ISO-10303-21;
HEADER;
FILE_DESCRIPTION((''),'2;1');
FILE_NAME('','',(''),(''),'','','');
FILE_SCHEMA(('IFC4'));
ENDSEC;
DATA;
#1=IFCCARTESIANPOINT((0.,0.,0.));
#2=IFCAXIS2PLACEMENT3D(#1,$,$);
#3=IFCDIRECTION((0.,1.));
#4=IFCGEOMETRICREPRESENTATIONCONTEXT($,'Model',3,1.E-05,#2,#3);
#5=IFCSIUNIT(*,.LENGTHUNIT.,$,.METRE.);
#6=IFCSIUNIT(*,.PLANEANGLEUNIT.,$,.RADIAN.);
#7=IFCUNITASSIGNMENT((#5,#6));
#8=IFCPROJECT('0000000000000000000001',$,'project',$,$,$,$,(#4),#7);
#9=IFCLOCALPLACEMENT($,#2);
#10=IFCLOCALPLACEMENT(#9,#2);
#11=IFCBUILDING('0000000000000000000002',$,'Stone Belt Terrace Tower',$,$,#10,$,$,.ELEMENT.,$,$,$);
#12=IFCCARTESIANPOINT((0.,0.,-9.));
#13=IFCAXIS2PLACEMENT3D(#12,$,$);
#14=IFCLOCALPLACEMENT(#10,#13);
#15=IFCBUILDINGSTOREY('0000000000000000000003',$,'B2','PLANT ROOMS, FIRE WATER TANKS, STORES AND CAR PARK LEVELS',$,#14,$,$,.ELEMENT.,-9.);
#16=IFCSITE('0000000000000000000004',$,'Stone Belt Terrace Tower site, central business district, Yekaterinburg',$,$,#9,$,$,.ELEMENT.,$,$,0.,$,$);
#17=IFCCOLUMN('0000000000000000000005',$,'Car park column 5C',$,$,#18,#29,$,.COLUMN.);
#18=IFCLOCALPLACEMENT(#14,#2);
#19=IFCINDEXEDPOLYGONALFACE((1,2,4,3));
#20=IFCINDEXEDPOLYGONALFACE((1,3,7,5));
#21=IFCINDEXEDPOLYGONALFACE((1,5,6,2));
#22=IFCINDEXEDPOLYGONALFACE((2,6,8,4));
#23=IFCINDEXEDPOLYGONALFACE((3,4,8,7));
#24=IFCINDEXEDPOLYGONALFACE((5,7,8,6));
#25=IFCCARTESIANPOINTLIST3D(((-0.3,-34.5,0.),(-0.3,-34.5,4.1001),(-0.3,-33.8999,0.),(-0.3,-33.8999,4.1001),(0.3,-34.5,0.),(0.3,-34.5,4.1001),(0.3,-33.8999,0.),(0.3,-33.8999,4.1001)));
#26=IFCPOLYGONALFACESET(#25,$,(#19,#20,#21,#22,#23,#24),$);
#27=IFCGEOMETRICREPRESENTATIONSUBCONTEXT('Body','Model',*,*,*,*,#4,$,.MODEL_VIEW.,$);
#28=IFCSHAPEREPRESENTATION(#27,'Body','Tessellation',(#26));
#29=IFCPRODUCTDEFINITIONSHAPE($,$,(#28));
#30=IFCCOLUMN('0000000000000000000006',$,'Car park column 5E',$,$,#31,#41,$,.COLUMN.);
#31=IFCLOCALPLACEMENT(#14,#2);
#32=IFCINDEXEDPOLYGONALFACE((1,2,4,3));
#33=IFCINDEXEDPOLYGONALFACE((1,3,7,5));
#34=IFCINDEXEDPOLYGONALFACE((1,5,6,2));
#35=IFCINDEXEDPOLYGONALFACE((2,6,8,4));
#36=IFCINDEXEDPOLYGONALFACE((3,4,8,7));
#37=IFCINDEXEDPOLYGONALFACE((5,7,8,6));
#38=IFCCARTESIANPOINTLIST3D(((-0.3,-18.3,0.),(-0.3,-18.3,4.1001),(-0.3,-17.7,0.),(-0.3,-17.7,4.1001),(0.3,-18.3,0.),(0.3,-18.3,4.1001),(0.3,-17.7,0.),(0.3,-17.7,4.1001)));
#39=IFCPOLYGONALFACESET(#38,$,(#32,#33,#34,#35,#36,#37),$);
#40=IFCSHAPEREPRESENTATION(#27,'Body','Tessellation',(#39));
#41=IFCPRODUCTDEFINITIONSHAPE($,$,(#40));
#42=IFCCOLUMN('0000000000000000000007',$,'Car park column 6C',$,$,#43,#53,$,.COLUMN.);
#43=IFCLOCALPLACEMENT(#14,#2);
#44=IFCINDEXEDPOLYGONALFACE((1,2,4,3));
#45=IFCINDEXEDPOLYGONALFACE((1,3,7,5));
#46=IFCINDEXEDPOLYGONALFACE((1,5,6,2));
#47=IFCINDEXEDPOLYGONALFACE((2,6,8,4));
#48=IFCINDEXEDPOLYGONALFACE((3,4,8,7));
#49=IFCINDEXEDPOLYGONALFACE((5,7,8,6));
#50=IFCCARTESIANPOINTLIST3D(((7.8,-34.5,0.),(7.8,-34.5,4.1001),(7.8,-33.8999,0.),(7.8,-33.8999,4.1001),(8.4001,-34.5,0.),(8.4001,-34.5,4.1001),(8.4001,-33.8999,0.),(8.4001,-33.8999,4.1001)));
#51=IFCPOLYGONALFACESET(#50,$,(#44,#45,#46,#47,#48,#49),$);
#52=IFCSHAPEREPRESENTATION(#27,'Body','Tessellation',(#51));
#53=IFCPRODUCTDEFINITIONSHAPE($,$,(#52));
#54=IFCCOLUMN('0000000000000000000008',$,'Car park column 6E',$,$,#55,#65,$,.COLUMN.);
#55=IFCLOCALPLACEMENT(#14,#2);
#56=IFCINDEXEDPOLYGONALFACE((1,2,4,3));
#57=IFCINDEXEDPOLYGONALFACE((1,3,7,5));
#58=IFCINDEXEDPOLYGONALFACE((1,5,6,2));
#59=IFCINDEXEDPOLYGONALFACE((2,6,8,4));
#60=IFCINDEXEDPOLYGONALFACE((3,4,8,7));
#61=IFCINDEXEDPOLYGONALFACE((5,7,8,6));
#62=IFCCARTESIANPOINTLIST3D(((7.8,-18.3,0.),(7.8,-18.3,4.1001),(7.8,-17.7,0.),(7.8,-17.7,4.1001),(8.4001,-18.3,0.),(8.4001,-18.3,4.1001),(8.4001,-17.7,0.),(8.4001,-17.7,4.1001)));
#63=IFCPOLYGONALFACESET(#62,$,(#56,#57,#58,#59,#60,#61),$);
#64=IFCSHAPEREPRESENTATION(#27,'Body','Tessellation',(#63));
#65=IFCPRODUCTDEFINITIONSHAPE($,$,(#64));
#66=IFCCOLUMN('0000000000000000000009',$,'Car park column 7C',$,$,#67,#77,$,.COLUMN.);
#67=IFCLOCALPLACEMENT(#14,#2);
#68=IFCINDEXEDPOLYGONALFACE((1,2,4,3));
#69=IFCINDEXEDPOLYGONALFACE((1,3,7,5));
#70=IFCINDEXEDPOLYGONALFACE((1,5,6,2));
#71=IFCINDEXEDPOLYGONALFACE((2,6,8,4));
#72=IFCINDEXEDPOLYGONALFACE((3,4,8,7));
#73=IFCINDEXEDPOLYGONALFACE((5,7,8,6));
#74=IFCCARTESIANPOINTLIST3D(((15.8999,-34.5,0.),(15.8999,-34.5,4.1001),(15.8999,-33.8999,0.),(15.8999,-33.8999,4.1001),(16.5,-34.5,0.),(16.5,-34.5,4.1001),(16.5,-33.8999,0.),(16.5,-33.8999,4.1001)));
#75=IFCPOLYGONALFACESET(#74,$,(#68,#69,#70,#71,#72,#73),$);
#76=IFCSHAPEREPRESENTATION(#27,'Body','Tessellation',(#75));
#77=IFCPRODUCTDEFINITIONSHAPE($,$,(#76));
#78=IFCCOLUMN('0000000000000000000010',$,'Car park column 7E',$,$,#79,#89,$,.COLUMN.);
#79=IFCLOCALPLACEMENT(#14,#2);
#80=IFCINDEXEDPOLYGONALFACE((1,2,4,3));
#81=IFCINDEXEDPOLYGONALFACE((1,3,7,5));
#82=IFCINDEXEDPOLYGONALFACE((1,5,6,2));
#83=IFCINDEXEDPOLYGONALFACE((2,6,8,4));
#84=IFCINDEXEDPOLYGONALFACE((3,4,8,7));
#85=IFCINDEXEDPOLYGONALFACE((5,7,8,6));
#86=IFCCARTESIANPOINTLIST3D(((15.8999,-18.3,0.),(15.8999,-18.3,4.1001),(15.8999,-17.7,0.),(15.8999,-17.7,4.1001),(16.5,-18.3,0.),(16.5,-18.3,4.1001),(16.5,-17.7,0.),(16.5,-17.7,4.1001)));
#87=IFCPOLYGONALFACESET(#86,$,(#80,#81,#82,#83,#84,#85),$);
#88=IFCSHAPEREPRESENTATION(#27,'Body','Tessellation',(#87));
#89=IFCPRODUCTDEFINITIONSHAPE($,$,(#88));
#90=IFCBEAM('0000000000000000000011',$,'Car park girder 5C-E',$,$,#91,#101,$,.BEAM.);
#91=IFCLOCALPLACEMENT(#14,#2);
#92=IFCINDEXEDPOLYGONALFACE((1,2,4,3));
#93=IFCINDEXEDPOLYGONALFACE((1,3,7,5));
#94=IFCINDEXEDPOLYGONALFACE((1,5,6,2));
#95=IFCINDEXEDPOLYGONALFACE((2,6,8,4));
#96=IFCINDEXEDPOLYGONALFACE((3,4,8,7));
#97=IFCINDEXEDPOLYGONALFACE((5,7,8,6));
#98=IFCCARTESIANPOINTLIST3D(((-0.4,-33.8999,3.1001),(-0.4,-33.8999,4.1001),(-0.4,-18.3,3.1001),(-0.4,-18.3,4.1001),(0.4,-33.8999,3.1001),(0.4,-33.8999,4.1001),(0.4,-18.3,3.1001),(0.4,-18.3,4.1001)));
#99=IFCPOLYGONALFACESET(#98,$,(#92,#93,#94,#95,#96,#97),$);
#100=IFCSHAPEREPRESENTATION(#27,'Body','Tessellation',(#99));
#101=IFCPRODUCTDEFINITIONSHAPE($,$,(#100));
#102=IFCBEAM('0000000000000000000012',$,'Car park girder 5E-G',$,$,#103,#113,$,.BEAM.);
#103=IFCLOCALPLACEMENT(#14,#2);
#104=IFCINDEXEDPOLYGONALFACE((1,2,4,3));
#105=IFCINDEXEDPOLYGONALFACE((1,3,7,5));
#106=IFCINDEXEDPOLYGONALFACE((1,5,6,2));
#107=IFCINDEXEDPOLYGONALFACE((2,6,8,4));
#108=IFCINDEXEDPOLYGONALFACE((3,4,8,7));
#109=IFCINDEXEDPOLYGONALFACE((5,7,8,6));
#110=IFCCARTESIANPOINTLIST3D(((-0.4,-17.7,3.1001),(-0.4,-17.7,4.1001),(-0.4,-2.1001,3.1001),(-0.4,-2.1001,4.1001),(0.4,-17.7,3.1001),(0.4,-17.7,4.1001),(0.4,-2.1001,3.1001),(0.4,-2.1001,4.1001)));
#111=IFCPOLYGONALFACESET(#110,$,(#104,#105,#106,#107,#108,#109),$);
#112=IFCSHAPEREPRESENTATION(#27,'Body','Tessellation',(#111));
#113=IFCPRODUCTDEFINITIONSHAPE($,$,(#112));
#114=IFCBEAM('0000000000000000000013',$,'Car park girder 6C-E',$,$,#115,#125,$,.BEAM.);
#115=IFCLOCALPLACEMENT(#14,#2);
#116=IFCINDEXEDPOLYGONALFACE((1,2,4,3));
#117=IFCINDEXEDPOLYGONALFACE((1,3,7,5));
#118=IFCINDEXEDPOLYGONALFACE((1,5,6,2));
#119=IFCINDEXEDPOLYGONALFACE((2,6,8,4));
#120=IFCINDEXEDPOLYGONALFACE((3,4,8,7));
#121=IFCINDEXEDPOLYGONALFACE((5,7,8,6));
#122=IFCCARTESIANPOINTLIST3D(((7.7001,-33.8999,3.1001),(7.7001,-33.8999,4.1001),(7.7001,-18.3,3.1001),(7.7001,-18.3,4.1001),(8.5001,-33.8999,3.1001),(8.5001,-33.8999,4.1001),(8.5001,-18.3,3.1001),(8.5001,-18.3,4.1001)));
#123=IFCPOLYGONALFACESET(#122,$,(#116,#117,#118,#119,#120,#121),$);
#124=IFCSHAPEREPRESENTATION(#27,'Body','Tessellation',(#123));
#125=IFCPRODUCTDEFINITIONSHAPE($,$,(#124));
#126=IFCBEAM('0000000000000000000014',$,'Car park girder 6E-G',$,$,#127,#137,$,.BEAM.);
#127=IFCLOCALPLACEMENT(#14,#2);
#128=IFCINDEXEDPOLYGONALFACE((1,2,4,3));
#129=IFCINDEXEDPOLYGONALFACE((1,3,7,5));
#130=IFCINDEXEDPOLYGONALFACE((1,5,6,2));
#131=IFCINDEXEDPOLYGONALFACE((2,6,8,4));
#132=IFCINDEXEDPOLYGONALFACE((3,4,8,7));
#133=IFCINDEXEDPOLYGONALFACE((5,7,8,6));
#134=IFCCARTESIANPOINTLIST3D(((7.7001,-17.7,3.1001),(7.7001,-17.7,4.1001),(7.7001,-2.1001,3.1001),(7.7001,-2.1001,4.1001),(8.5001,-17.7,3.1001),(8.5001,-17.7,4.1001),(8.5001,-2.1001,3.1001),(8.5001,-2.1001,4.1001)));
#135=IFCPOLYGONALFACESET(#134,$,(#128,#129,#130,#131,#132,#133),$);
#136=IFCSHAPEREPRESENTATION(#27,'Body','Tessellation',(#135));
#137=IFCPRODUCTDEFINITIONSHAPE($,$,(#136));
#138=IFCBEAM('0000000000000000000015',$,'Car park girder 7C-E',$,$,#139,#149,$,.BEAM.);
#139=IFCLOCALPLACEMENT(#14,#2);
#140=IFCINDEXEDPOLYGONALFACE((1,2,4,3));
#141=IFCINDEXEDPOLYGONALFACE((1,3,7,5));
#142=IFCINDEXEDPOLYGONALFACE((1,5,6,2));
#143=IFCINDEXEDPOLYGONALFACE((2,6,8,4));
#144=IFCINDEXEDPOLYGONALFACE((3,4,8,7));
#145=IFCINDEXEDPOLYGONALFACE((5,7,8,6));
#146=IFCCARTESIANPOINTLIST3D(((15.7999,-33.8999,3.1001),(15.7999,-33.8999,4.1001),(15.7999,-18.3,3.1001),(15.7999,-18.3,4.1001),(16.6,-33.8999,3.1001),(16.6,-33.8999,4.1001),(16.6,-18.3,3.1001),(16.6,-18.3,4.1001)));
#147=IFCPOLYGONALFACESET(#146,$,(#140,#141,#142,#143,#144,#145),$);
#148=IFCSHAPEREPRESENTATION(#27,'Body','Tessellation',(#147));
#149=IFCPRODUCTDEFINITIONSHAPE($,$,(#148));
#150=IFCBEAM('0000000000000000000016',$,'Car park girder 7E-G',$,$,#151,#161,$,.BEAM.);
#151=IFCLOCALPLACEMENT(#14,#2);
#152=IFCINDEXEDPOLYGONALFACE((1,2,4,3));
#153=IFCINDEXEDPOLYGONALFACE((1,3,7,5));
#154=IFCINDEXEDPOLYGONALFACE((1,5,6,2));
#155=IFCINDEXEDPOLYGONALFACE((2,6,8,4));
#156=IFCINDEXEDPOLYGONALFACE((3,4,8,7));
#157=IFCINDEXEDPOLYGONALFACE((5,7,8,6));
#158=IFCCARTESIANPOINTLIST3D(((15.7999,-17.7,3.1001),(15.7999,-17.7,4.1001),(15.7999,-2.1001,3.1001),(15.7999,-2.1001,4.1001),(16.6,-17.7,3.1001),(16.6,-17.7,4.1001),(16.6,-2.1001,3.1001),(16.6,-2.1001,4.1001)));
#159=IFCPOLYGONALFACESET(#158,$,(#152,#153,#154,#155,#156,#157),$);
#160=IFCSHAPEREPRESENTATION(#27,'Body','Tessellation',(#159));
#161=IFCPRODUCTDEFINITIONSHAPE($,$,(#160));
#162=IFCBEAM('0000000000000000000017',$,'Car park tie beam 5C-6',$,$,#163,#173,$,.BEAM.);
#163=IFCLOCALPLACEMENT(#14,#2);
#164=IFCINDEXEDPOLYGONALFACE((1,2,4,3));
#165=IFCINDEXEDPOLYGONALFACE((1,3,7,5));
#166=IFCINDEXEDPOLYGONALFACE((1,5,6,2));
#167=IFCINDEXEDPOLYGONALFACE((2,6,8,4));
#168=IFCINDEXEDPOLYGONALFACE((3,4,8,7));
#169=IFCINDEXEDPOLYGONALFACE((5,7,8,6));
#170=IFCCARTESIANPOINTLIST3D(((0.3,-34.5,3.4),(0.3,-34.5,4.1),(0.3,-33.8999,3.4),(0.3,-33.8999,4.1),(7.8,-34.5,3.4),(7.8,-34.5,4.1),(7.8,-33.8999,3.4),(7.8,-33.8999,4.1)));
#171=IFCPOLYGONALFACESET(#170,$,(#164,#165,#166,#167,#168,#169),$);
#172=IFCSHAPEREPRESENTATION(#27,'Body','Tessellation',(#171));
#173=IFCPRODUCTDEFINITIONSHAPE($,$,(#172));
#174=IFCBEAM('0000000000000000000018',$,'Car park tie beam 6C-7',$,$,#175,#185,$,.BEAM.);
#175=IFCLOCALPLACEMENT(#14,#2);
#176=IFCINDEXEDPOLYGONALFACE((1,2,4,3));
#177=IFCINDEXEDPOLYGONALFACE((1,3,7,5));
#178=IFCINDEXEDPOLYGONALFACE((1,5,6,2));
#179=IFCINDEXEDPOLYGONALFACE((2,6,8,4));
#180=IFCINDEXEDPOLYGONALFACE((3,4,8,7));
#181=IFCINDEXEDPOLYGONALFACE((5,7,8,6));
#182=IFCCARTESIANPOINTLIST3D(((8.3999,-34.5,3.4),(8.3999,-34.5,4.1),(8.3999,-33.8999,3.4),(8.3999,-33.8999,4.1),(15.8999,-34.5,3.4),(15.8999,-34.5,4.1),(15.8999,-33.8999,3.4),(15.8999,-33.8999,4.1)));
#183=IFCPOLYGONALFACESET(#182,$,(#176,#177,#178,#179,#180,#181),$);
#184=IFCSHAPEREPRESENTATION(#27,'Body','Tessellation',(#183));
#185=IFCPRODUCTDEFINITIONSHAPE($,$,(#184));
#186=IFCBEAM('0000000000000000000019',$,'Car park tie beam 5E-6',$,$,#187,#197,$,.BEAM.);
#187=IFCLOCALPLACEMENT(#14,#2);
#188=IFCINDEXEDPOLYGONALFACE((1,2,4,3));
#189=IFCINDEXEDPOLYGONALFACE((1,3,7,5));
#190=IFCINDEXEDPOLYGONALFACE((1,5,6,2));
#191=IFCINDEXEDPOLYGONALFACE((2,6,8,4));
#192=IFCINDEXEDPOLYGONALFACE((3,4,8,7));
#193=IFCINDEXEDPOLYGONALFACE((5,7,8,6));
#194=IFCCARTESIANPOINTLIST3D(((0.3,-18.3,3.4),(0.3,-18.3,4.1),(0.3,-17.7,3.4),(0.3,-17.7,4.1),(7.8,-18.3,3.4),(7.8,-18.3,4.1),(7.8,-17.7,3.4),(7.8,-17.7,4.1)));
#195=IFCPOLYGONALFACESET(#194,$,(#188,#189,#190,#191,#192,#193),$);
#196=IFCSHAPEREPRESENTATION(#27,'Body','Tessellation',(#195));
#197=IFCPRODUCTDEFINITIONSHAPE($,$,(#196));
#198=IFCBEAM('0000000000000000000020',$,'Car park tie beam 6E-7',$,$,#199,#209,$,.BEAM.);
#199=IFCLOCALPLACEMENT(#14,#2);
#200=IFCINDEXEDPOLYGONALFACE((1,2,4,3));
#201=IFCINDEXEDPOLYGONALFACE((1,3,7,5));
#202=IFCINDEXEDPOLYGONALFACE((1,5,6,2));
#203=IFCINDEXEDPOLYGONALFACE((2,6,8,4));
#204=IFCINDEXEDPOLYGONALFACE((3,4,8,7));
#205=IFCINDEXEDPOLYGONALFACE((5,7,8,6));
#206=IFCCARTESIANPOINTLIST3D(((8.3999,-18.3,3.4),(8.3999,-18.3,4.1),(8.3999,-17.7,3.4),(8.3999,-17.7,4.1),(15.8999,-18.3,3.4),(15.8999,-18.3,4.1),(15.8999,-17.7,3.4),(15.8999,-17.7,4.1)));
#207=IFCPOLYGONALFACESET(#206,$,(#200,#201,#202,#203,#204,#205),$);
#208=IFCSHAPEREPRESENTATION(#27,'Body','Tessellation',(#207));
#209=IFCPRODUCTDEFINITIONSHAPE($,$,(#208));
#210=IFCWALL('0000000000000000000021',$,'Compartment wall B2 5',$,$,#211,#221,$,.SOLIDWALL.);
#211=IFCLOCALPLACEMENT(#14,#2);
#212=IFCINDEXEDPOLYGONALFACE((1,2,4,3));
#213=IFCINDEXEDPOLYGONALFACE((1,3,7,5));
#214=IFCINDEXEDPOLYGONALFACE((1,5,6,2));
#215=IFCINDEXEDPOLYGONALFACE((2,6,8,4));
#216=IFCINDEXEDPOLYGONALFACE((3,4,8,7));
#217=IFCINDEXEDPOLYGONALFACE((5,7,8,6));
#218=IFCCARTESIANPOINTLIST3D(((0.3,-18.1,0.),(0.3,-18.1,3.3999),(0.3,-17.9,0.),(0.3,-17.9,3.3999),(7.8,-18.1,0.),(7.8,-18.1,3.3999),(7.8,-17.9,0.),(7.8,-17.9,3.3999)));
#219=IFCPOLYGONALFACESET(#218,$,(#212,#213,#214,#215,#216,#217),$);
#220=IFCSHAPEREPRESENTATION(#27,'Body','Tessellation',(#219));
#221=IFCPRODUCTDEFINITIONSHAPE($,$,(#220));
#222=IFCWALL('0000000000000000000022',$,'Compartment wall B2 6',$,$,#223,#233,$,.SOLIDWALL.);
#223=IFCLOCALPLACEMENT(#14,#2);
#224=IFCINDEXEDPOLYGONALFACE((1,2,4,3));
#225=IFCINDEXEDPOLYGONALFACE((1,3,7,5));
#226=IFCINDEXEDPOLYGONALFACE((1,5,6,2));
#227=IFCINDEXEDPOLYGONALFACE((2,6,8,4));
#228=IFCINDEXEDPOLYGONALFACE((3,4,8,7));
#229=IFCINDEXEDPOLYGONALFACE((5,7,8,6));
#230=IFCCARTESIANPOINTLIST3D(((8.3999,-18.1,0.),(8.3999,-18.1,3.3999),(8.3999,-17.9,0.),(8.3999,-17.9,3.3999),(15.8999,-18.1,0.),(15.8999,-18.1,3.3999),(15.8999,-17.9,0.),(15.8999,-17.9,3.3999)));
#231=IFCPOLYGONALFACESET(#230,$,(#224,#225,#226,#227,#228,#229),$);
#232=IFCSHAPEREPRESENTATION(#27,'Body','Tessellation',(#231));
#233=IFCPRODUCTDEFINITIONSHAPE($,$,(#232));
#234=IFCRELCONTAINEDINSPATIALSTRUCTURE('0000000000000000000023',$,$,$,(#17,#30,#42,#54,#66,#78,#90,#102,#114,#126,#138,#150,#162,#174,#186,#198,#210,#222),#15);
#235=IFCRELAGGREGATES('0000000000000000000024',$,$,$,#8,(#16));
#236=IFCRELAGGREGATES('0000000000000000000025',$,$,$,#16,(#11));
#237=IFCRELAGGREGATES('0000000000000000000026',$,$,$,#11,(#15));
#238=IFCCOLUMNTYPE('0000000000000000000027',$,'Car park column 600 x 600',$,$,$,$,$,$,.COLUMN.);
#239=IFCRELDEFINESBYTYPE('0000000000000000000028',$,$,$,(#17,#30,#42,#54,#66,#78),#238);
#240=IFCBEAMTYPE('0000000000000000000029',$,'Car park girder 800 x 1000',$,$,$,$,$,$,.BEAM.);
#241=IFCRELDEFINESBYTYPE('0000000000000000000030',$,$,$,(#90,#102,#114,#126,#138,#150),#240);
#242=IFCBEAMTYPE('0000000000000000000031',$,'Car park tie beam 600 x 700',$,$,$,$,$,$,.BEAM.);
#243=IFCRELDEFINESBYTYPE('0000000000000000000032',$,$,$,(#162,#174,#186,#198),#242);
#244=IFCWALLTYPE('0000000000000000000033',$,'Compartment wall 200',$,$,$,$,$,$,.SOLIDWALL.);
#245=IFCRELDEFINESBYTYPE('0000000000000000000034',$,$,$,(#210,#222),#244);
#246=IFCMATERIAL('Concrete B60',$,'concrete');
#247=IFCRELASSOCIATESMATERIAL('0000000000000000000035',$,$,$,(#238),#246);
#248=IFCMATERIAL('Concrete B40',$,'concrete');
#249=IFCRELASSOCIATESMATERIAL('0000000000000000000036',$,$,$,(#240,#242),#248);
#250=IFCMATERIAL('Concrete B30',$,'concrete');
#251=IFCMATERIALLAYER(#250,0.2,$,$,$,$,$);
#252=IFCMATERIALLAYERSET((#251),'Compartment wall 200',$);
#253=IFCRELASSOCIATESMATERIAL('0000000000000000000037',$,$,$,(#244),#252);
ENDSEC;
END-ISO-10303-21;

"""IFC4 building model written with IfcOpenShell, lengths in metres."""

from ifc_helpers import new_model, si_unit, direction, frame, frame_2d, origin, origin_2d, place, context, subcontext, project, spatial, rectangle, extrude, material, layer, layer_set, material_profile, profile_set, type_object, element, save


model = new_model("IFC4")

# Units and contexts
model_context = context("Model", 3, precision=1e-05, world=origin(), true_north=direction((0.0, 1.0)))
body_context = subcontext(model_context, "Body", "Model", "MODEL_VIEW")
ifc_project = project(units=[si_unit("LENGTHUNIT", "METRE"), si_unit("PLANEANGLEUNIT", "RADIAN")], contexts=[model_context])

# Site, building, storey
site_placement = place(None, origin())
site = spatial("IfcSite", under=ifc_project, at=site_placement, Name="Stone Belt Terrace Tower site, central business district, Yekaterinburg", CompositionType="ELEMENT", RefElevation=0.0)
building_placement = place(site_placement, origin())
building = spatial("IfcBuilding", under=site, at=building_placement, Name="Stone Belt Terrace Tower", CompositionType="ELEMENT")
storey_placement = place(building_placement, frame((0.0, 0.0, -9.0)))
storey = spatial("IfcBuildingStorey", under=building, at=storey_placement, Name="B2", Description="PLANT ROOMS, FIRE WATER TANKS, STORES AND CAR PARK LEVELS", CompositionType="ELEMENT", Elevation=-9.0)

# Columns
ifc_material_1 = material(Name="Concrete B60", Category="concrete")
ifc_material_profile_1 = material_profile(ifc_material_1, rectangle(XDim=0.6001, YDim=0.6001, at=origin_2d()), Name="Car park column 600 x 600")
ifc_profile_set_1 = profile_set([ifc_material_profile_1], Name="Concrete B60")
column_type = type_object("IfcColumnType", Name="Car park column 600 x 600", PredefinedType="COLUMN", material=ifc_profile_set_1)
for number, where, z_axis, x_axis, name in (
    (1, (0.0, -34.2, 0.0), (0.0, 0.0, 1.0), (1.0, 0.0, 0.0), "Car park column 5C"),
    (2, (0.0, -18.0, 0.0), (0.0, 0.0, 1.0), (1.0, 0.0, 0.0), "Car park column 5E"),
    (3, (8.1001, -34.2, 0.0), (0.0, 0.0, 1.0), (1.0, 0.0, 0.0), "Car park column 6C"),
    (4, (8.1001, -18.0, 0.0), (0.0, 0.0, 1.0), (1.0, 0.0, 0.0), "Car park column 6E"),
    (5, (16.2, -34.2, 0.0), (0.0, 0.0, 1.0), (1.0, 0.0, 0.0), "Car park column 7C"),
    (6, (16.2, -18.0, 0.0), (0.0, 0.0, 1.0), (1.0, 0.0, 0.0), "Car park column 7E"),
):
    element("IfcColumn", number, at=place(storey_placement, frame(where, z_axis=z_axis, x_axis=x_axis)), inside=storey, type_object=column_type, Name=name, PredefinedType="COLUMN", context=body_context, shape_type="SweptSolid", body=[
        extrude(rectangle(XDim=0.6001, YDim=0.6001, at=origin_2d()), origin(), (0.0, 0.0, 1.0), 4.1001),
    ])

# Beams
ifc_material_2 = material(Name="Concrete B40", Category="concrete")
ifc_material_profile_2 = material_profile(ifc_material_2, rectangle(XDim=0.8, YDim=1.0, at=origin_2d()), Name="Car park girder 800 x 1000")
ifc_profile_set_2 = profile_set([ifc_material_profile_2], Name="Concrete B40")
beam_type_1 = type_object("IfcBeamType", Name="Car park girder 800 x 1000", PredefinedType="BEAM", material=ifc_profile_set_2)
for number, where, z_axis, x_axis, name in (
    (7, (0.0, -33.8999, 3.6001), (0.0, 1.0, 0.0), (-1.0, 0.0, 0.0), "Car park girder 5C-E"),
    (8, (0.0, -17.7, 3.6001), (0.0, 1.0, 0.0), (-1.0, 0.0, 0.0), "Car park girder 5E-G"),
    (9, (8.1001, -33.8999, 3.6001), (0.0, 1.0, 0.0), (-1.0, 0.0, 0.0), "Car park girder 6C-E"),
    (10, (8.1001, -17.7, 3.6001), (0.0, 1.0, 0.0), (-1.0, 0.0, 0.0), "Car park girder 6E-G"),
    (11, (16.2, -33.8999, 3.6001), (0.0, 1.0, 0.0), (-1.0, 0.0, 0.0), "Car park girder 7C-E"),
    (12, (16.2, -17.7, 3.6001), (0.0, 1.0, 0.0), (-1.0, 0.0, 0.0), "Car park girder 7E-G"),
):
    element("IfcBeam", number, at=place(storey_placement, frame(where, z_axis=z_axis, x_axis=x_axis)), inside=storey, type_object=beam_type_1, Name=name, PredefinedType="BEAM", context=body_context, shape_type="SweptSolid", body=[
        extrude(rectangle(XDim=0.8, YDim=1.0, at=origin_2d()), origin(), (0.0, 0.0, 1.0), 15.5999),
    ])
ifc_material_profile_3 = material_profile(ifc_material_2, rectangle(XDim=0.6001, YDim=0.7, at=origin_2d()), Name="Car park tie beam 600 x 700")
ifc_profile_set_3 = profile_set([ifc_material_profile_3], Name="Concrete B40")
beam_type_2 = type_object("IfcBeamType", Name="Car park tie beam 600 x 700", PredefinedType="BEAM", material=ifc_profile_set_3)
for number, where, z_axis, x_axis, name in (
    (13, (0.3, -34.2, 3.75), (1.0, 0.0, 0.0), (0.0, 1.0, 0.0), "Car park tie beam 5C-6"),
    (14, (8.3999, -34.2, 3.75), (1.0, 0.0, 0.0), (0.0, 1.0, 0.0), "Car park tie beam 6C-7"),
    (15, (0.3, -18.0, 3.75), (1.0, 0.0, 0.0), (0.0, 1.0, 0.0), "Car park tie beam 5E-6"),
    (16, (8.3999, -18.0, 3.75), (1.0, 0.0, 0.0), (0.0, 1.0, 0.0), "Car park tie beam 6E-7"),
):
    element("IfcBeam", number, at=place(storey_placement, frame(where, z_axis=z_axis, x_axis=x_axis)), inside=storey, type_object=beam_type_2, Name=name, PredefinedType="BEAM", context=body_context, shape_type="SweptSolid", body=[
        extrude(rectangle(XDim=0.6001, YDim=0.7, at=origin_2d()), origin(), (0.0, 0.0, 1.0), 7.5),
    ])

# Walls
ifc_material_3 = material(Name="Concrete B30", Category="concrete")
ifc_layer = layer(ifc_material_3, 0.2)
ifc_layer_set = layer_set([ifc_layer], Name="Compartment wall 200")
wall_type = type_object("IfcWallType", Name="Compartment wall 200", PredefinedType="SOLIDWALL", material=ifc_layer_set)
for number, where, z_axis, x_axis, name in (
    (17, (0.3, -18.0, 0.0), (0.0, 0.0, 1.0), (1.0, 0.0, 0.0), "Compartment wall B2 5"),
    (18, (8.3999, -18.0, 0.0), (0.0, 0.0, 1.0), (1.0, 0.0, 0.0), "Compartment wall B2 6"),
):
    element("IfcWall", number, at=place(storey_placement, frame(where, z_axis=z_axis, x_axis=x_axis)), inside=storey, type_object=wall_type, Name=name, PredefinedType="SOLIDWALL", context=body_context, shape_type="SweptSolid", body=[
        extrude(rectangle(XDim=7.5, YDim=0.2, at=frame_2d((3.75, 0.0))), origin(), (0.0, 0.0, 1.0), 3.3999),
    ])

save(model, "model.ifc")
